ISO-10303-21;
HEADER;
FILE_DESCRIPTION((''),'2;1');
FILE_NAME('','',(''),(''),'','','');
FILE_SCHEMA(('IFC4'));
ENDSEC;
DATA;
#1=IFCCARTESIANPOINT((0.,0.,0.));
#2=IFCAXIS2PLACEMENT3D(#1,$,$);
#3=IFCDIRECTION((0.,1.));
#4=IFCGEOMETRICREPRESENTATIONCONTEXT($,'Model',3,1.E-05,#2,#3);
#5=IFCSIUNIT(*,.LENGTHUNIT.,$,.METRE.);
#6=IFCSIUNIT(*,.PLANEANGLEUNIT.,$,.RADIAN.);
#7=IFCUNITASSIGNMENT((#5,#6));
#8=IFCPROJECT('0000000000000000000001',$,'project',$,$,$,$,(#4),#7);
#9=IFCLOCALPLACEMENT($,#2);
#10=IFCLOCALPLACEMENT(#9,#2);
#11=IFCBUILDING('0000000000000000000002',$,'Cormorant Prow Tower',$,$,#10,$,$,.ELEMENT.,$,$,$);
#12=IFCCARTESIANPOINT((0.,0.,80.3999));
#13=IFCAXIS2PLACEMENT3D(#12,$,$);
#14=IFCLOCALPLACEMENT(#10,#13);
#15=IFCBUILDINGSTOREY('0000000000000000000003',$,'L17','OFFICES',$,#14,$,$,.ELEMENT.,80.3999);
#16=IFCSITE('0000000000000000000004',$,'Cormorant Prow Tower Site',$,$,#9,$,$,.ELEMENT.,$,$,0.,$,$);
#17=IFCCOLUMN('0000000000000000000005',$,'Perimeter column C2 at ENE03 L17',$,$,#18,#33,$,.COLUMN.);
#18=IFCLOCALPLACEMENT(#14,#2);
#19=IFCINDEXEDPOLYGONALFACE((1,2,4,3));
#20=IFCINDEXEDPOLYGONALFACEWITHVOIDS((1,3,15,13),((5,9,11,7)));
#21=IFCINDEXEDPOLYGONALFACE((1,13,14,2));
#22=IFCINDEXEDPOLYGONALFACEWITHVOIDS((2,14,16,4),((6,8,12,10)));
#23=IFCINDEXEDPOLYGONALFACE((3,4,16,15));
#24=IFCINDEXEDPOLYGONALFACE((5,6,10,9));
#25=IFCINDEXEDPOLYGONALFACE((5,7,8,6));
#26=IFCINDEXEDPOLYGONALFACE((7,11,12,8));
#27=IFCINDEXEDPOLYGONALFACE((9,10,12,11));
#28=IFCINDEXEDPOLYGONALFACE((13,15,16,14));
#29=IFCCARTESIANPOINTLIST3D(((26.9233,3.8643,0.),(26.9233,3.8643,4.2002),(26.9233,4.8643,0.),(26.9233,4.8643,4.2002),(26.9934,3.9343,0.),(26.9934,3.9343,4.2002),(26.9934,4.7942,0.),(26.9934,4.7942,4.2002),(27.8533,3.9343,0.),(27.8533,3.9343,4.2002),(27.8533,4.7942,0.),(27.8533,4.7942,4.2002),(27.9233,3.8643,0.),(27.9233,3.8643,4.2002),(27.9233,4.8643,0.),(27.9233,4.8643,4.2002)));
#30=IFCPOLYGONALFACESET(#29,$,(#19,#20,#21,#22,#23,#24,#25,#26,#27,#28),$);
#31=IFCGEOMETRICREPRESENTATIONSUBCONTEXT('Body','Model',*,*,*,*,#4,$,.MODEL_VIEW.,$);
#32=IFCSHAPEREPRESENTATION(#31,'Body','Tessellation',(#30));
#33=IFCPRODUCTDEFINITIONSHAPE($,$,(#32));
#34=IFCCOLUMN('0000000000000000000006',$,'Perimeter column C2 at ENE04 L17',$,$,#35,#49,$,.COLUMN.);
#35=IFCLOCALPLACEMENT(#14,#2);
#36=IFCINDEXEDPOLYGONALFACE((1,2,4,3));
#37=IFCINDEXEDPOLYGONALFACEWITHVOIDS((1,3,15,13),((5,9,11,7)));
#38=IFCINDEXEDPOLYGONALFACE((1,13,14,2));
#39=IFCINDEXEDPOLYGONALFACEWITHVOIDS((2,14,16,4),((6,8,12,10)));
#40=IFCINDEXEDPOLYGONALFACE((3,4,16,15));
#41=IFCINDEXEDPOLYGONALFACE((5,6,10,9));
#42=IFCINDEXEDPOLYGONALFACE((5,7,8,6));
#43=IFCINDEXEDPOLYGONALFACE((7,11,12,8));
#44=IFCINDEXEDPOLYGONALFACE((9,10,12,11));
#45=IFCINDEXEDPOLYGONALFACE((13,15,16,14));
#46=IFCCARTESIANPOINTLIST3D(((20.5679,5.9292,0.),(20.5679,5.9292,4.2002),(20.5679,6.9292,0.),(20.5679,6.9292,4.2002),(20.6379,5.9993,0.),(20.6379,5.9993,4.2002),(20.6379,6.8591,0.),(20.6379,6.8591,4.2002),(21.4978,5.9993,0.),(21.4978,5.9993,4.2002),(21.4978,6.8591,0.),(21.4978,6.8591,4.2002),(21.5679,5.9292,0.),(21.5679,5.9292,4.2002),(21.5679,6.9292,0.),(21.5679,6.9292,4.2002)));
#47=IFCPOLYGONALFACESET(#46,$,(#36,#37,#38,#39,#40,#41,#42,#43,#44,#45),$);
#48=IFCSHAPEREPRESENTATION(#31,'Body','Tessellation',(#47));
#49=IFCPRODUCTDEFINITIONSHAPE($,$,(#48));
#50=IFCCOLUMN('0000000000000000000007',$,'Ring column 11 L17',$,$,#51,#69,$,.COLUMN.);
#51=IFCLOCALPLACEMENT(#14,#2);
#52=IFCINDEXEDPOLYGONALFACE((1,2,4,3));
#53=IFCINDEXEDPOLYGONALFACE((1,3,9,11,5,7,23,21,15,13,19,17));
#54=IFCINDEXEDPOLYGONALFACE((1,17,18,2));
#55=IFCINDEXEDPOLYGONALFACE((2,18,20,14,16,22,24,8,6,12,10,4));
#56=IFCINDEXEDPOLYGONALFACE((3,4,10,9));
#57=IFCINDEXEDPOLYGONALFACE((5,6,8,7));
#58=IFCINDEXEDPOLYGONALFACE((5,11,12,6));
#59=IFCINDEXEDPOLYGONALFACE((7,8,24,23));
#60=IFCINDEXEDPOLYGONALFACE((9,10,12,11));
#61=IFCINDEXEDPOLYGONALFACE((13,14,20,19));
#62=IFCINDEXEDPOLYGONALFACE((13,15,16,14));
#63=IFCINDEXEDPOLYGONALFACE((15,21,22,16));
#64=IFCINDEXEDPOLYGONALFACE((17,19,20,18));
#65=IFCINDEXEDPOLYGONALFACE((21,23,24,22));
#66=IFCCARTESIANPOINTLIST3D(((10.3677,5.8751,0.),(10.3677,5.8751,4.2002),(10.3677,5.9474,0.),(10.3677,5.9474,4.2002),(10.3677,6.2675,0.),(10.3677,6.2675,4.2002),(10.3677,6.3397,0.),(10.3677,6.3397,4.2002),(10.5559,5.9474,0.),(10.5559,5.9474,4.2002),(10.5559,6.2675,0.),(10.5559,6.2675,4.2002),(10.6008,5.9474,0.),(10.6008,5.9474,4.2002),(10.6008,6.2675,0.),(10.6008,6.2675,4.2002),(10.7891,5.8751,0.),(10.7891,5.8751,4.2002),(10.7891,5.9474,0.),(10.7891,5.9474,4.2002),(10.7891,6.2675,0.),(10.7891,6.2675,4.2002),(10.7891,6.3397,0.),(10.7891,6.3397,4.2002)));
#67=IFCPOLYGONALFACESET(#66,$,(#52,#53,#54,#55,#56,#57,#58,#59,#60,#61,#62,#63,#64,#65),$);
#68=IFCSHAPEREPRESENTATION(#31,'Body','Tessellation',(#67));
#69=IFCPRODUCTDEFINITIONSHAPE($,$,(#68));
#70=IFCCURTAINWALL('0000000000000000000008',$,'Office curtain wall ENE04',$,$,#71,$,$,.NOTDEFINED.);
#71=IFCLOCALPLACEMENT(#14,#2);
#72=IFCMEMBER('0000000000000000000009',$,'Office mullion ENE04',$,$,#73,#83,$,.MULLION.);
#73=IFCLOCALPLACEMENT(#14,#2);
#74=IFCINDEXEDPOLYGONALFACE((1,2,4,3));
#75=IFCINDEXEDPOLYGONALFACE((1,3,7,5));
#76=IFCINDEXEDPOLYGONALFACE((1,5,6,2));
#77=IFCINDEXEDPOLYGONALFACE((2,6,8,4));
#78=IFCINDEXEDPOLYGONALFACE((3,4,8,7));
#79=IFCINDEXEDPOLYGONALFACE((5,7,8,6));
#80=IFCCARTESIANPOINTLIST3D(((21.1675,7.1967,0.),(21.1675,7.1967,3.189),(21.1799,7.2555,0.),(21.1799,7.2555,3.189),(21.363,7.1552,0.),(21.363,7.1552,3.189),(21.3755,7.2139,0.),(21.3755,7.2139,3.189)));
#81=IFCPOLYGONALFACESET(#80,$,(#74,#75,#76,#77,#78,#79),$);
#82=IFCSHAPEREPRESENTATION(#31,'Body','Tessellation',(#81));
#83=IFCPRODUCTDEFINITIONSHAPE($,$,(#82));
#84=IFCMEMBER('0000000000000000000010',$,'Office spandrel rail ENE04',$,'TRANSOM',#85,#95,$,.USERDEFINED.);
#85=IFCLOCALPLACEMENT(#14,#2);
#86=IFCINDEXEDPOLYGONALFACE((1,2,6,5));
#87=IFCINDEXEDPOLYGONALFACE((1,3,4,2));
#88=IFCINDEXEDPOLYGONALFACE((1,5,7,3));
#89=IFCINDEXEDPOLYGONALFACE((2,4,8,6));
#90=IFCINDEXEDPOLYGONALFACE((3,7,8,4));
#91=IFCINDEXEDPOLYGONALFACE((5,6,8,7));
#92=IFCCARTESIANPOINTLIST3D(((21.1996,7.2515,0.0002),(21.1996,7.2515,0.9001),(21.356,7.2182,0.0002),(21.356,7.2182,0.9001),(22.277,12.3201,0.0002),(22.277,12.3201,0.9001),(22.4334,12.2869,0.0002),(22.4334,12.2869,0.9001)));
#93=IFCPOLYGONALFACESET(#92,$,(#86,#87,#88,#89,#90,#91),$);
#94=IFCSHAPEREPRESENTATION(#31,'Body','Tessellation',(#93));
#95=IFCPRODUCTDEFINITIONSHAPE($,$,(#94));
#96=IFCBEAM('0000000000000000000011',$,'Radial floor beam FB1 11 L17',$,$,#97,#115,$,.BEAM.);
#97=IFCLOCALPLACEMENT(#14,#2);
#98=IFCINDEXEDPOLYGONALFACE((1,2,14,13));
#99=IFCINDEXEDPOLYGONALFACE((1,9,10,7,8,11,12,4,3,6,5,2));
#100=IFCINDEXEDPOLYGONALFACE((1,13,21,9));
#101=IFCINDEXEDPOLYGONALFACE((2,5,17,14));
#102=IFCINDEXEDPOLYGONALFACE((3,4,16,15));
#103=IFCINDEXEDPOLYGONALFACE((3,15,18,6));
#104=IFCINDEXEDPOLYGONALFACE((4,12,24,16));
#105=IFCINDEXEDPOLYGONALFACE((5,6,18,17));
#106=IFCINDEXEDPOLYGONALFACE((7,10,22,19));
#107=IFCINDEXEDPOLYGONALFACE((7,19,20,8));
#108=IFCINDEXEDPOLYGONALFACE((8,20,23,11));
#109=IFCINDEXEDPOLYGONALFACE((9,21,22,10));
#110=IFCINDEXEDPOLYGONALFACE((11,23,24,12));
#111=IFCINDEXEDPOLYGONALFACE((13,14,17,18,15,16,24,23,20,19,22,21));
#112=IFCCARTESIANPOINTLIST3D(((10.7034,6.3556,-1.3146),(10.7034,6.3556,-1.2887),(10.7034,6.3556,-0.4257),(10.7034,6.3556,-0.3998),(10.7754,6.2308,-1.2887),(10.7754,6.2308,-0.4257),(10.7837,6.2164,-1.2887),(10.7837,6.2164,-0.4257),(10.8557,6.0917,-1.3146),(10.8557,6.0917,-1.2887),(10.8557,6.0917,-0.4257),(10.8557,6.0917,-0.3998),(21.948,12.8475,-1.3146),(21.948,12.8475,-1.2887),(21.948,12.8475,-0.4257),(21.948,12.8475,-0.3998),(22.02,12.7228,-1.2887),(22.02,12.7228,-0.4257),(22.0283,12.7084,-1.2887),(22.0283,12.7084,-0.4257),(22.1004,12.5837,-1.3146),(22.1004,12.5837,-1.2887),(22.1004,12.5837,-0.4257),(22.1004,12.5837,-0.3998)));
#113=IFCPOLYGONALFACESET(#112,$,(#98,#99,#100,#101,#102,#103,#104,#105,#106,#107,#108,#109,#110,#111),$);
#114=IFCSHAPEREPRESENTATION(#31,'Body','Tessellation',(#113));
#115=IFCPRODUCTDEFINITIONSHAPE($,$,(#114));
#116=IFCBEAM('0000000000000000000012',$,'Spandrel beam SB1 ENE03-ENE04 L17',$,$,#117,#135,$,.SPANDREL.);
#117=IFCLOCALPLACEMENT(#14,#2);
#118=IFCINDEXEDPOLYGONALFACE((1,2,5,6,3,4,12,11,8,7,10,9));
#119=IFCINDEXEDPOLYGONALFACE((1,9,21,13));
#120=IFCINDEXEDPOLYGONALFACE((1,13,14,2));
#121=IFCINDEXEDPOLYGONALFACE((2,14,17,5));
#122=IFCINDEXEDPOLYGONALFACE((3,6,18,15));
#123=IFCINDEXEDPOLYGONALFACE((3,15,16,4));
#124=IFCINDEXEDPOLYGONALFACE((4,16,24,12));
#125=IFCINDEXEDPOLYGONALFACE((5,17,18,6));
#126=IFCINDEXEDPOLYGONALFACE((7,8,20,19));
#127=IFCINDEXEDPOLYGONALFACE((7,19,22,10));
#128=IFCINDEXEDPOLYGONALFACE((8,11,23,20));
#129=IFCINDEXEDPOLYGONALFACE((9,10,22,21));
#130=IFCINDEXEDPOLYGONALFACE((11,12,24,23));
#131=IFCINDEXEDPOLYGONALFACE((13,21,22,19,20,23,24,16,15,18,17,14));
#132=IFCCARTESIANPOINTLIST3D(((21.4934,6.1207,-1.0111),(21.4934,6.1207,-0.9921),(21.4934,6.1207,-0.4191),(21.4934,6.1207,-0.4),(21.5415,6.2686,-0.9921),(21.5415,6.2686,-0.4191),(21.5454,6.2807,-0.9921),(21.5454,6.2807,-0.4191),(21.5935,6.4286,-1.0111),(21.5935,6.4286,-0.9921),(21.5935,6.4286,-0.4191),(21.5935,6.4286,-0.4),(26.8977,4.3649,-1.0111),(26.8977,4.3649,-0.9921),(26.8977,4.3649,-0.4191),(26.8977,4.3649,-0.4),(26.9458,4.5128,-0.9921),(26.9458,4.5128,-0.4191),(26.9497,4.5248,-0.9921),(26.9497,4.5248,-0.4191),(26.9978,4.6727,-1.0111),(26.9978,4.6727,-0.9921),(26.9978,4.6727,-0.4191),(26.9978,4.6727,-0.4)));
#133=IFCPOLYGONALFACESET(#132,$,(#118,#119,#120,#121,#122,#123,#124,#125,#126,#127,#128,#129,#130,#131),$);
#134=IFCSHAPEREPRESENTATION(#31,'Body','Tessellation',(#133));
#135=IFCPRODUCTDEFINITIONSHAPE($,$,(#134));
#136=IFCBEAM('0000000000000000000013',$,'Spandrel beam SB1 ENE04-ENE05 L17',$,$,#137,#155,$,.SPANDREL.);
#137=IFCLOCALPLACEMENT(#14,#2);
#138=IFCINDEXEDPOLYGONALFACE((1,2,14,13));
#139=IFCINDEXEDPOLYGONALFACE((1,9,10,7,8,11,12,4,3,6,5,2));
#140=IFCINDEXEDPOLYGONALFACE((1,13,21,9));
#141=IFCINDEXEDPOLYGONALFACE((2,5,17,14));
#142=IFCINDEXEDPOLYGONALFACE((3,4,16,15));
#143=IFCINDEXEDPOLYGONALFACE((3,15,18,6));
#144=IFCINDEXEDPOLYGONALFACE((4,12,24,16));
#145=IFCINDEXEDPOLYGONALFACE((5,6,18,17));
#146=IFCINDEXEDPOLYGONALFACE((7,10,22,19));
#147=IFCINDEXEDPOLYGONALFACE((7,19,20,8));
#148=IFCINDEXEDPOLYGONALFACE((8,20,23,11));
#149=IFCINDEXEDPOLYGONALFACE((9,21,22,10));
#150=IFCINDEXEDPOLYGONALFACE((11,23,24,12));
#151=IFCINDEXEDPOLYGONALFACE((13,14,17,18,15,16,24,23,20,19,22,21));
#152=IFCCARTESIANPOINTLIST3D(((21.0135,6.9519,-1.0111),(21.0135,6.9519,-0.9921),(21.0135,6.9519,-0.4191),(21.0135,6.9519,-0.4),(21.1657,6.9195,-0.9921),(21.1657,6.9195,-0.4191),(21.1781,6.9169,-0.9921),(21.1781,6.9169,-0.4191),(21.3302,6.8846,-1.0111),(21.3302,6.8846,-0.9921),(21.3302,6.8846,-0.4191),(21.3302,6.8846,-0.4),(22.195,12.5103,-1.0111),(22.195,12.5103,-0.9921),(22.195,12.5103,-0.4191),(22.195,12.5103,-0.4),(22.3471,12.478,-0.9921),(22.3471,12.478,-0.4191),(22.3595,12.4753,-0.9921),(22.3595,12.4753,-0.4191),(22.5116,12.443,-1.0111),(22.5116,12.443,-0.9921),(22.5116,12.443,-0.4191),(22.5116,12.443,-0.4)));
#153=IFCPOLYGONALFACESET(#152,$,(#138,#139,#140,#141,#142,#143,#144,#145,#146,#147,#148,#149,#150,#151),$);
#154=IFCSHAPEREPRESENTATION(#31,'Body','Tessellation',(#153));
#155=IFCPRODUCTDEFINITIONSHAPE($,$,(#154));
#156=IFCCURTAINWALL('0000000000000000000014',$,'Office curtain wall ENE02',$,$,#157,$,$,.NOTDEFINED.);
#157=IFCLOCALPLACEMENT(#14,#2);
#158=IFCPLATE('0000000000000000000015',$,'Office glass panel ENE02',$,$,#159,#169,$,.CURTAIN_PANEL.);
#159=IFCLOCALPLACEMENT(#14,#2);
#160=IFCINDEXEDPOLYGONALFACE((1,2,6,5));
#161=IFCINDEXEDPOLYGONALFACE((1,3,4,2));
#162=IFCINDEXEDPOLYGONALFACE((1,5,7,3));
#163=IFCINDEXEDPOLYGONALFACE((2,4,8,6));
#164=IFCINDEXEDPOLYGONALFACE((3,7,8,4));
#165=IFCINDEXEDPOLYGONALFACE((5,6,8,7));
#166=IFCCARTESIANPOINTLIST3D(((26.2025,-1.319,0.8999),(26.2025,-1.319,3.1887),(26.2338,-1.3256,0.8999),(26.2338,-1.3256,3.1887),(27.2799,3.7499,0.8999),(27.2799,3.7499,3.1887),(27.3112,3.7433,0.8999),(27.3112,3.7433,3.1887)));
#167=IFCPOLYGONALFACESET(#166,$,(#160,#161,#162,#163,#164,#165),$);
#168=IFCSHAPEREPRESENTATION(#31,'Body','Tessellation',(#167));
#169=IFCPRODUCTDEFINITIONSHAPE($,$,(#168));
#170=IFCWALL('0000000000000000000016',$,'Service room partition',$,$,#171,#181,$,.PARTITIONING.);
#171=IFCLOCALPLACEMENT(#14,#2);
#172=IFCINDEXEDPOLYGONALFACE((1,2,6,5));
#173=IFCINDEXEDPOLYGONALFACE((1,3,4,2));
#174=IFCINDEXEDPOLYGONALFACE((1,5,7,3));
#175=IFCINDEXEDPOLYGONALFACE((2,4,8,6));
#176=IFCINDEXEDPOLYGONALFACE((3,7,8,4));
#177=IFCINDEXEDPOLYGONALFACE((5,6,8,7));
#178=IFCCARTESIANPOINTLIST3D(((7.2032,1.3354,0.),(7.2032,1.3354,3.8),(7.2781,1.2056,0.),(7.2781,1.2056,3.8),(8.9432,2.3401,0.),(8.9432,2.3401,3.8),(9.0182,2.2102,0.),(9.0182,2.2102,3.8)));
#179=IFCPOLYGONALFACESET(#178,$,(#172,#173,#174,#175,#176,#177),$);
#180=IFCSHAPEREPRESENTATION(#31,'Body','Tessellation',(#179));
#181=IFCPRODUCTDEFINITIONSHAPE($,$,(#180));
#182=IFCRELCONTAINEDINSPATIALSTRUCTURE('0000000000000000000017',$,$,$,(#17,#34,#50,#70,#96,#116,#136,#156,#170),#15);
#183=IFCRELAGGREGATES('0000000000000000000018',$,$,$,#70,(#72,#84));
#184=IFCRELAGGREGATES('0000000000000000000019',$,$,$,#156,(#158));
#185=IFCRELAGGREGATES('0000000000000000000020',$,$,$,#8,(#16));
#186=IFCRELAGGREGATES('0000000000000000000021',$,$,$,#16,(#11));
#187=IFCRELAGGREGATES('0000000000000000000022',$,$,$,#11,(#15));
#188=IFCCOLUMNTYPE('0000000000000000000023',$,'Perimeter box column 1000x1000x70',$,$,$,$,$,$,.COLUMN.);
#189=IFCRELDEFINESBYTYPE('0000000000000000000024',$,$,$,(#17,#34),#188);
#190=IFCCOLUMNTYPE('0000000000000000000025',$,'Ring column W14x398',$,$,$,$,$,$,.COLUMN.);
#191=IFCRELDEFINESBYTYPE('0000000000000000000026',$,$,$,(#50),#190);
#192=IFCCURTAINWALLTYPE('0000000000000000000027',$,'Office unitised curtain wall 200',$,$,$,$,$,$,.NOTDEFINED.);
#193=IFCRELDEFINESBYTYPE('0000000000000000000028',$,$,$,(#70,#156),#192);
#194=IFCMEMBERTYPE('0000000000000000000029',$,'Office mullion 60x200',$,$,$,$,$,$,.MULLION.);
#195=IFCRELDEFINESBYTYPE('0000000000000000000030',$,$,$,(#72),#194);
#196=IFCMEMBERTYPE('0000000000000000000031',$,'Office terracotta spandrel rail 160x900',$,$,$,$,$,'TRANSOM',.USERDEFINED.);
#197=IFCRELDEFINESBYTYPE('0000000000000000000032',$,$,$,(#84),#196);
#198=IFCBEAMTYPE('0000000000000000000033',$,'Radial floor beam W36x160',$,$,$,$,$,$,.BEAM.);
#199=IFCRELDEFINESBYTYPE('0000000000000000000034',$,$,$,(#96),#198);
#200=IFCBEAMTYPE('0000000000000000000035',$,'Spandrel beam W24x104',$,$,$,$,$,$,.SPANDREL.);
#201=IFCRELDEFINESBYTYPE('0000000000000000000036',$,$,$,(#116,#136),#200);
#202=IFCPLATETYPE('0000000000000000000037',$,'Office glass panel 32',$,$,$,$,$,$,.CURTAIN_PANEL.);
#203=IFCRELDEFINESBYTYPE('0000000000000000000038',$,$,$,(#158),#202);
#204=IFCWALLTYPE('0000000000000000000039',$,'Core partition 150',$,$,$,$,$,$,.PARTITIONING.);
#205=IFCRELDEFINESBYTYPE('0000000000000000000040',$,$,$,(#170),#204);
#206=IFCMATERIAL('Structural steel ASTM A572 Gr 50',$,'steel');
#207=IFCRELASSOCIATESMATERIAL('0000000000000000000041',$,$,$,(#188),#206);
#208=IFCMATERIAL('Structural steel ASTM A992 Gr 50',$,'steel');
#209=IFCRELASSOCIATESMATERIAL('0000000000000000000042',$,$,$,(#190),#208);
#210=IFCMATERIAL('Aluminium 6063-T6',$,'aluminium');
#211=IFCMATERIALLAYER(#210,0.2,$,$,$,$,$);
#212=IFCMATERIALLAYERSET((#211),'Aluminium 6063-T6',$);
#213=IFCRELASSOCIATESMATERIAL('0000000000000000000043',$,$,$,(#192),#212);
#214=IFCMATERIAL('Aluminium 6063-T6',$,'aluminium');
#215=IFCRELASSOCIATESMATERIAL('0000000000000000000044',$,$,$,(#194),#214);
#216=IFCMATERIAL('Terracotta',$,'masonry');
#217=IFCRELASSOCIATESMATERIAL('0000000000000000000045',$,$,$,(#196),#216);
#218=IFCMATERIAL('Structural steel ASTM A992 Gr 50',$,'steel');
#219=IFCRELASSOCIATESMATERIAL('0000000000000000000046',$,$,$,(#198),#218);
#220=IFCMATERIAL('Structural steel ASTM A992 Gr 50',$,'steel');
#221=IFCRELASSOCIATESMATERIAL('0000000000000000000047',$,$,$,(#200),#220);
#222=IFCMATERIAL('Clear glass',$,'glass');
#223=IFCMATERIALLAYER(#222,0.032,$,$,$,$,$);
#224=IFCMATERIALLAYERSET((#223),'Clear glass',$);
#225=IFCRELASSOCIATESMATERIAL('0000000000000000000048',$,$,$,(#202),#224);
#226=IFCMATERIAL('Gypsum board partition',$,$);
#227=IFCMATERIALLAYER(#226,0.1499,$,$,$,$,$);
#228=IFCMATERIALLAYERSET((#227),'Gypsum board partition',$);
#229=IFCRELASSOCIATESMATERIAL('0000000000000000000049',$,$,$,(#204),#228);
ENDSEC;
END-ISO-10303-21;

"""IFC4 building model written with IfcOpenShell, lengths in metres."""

from ifc_helpers import new_model, si_unit, direction, frame, frame_2d, origin, origin_2d, place, context, subcontext, project, spatial, rectangle, hollow_rectangle, i_section, extrude, material, layer, layer_set, material_profile, profile_set, type_object, element, aggregate, save


model = new_model("IFC4")

# Units and contexts
model_context = context("Model", 3, precision=1e-05, world=origin(), true_north=direction((0.0, 1.0)))
body_context = subcontext(model_context, "Body", "Model", "MODEL_VIEW")
ifc_project = project(units=[si_unit("LENGTHUNIT", "METRE"), si_unit("PLANEANGLEUNIT", "RADIAN")], contexts=[model_context])

# Site, building, storey
site_placement = place(None, origin())
site = spatial("IfcSite", under=ifc_project, at=site_placement, Name="Cormorant Prow Tower Site", CompositionType="ELEMENT", RefElevation=0.0)
building_placement = place(site_placement, origin())
building = spatial("IfcBuilding", under=site, at=building_placement, Name="Cormorant Prow Tower", CompositionType="ELEMENT")
storey_placement = place(building_placement, frame((0.0, 0.0, 80.3999)))
storey = spatial("IfcBuildingStorey", under=building, at=storey_placement, Name="L17", Description="OFFICES", CompositionType="ELEMENT", Elevation=80.3999)

# Columns
ifc_material_1 = material(Name="Structural steel ASTM A572 Gr 50", Category="steel")
ifc_material_profile_1 = material_profile(ifc_material_1, hollow_rectangle(XDim=1.0, YDim=1.0, WallThickness=0.0701, at=origin_2d()), Name="Box 1000x1000x70")
ifc_profile_set_1 = profile_set([ifc_material_profile_1], Name="Structural steel ASTM A572 Gr 50")
column_type_1 = type_object("IfcColumnType", Name="Perimeter box column 1000x1000x70", PredefinedType="COLUMN", material=ifc_profile_set_1)
for number, where, z_axis, x_axis, name in (
    (1, (27.4233, 4.3643, 0.0), (0.0, 0.0, 1.0), (1.0, 0.0, 0.0), "Perimeter column C2 at ENE03 L17"),
    (2, (21.0679, 6.4292, 0.0), (0.0, 0.0, 1.0), (1.0, 0.0, 0.0), "Perimeter column C2 at ENE04 L17"),
):
    element("IfcColumn", number, at=place(storey_placement, frame(where, z_axis=z_axis, x_axis=x_axis)), inside=storey, type_object=column_type_1, Name=name, PredefinedType="COLUMN", context=body_context, shape_type="SweptSolid", body=[
        extrude(hollow_rectangle(XDim=1.0, YDim=1.0, WallThickness=0.0701, at=origin_2d()), origin(), (0.0, 0.0, 1.0), 4.2002),
    ])
ifc_material_2 = material(Name="Structural steel ASTM A992 Gr 50", Category="steel")
ifc_material_profile_2 = material_profile(ifc_material_2, i_section(OverallWidth=0.4214, OverallDepth=0.4646, WebThickness=0.0449, FlangeThickness=0.0723, at=origin_2d()), Name="W14x398")
ifc_profile_set_2 = profile_set([ifc_material_profile_2], Name="Structural steel ASTM A992 Gr 50")
column_type_2 = type_object("IfcColumnType", Name="Ring column W14x398", PredefinedType="COLUMN", material=ifc_profile_set_2)
column_placement = place(storey_placement, frame((10.5784, 6.1074, 0.0), z_axis=(0.0, 0.0, 1.0), x_axis=(1.0, 0.0, 0.0)))
element("IfcColumn", 3, at=column_placement, inside=storey, type_object=column_type_2, Name="Ring column 11 L17", PredefinedType="COLUMN", context=body_context, shape_type="SweptSolid", body=[
    extrude(i_section(OverallWidth=0.4214, OverallDepth=0.4646, WebThickness=0.0449, FlangeThickness=0.0723, at=origin_2d()), origin(), (0.0, 0.0, 1.0), 4.2002),
])

# Curtain wall, members
ifc_material_3 = material(Name="Aluminium 6063-T6", Category="aluminium")
ifc_layer_1 = layer(ifc_material_3, 0.2)
ifc_layer_set_1 = layer_set([ifc_layer_1], Name="Aluminium 6063-T6")
curtain_wall_type = type_object("IfcCurtainWallType", Name="Office unitised curtain wall 200", PredefinedType="NOTDEFINED", material=ifc_layer_set_1)
curtain_wall_1_placement = place(storey_placement, origin())
curtain_wall_1 = element("IfcCurtainWall", 4, at=curtain_wall_1_placement, inside=storey, type_object=curtain_wall_type, Name="Office curtain wall ENE04", PredefinedType="NOTDEFINED")
ifc_material_4 = material(Name="Aluminium 6063-T6", Category="aluminium")
ifc_material_profile_3 = material_profile(ifc_material_4, rectangle(XDim=0.2, YDim=0.0601, at=origin_2d()), Name="Office mullion 60x200")
ifc_profile_set_3 = profile_set([ifc_material_profile_3], Name="Aluminium 6063-T6")
member_type_1 = type_object("IfcMemberType", Name="Office mullion 60x200", PredefinedType="MULLION", material=ifc_profile_set_3)
member_1_placement = place(storey_placement, frame((21.2715, 7.2053, 0.0), z_axis=(0.0, 0.0, 1.0), x_axis=(-0.978148, 0.207912, 0.0)))
member_1 = element("IfcMember", 5, at=member_1_placement, type_object=member_type_1, Name="Office mullion ENE04", PredefinedType="MULLION", context=body_context, shape_type="SweptSolid", body=[
    extrude(rectangle(XDim=0.2, YDim=0.0601, at=origin_2d()), origin(), (0.0, 0.0, 1.0), 3.189),
])
ifc_material_5 = material(Name="Terracotta", Category="masonry")
ifc_material_profile_4 = material_profile(ifc_material_5, rectangle(XDim=0.1599, YDim=0.8999, at=origin_2d()), Name="Office terracotta spandrel rail 160x900")
ifc_profile_set_4 = profile_set([ifc_material_profile_4], Name="Terracotta")
member_type_2 = type_object("IfcMemberType", Name="Office terracotta spandrel rail 160x900", ElementType="TRANSOM", PredefinedType="USERDEFINED", material=ifc_profile_set_4)
member_2_placement = place(storey_placement, frame((21.2778, 7.2349, 0.4502), z_axis=(0.207917, 0.978147, 0.0), x_axis=(-0.978147, 0.207917, 0.0)))
member_2 = element("IfcMember", 6, at=member_2_placement, type_object=member_type_2, Name="Office spandrel rail ENE04", ObjectType="TRANSOM", PredefinedType="USERDEFINED", context=body_context, shape_type="SweptSolid", body=[
    extrude(rectangle(XDim=0.1599, YDim=0.8999, at=origin_2d()), origin(), (0.0, 0.0, 1.0), 5.1819),
])
aggregate(curtain_wall_1, [member_1, member_2])

# Beams
ifc_material_6 = material(Name="Structural steel ASTM A992 Gr 50", Category="steel")
ifc_material_profile_5 = material_profile(ifc_material_6, i_section(OverallWidth=0.3047, OverallDepth=0.9148, WebThickness=0.0166, FlangeThickness=0.0259, at=origin_2d()), Name="W36x160")
ifc_profile_set_5 = profile_set([ifc_material_profile_5], Name="Structural steel ASTM A992 Gr 50")
beam_type_1 = type_object("IfcBeamType", Name="Radial floor beam W36x160", PredefinedType="BEAM", material=ifc_profile_set_5)
beam_1_placement = place(storey_placement, frame((10.7795, 6.2236, -0.8572), z_axis=(0.86603, 0.499992, 0.0), x_axis=(-0.499992, 0.86603, 0.0)))
element("IfcBeam", 7, at=beam_1_placement, inside=storey, type_object=beam_type_1, Name="Radial floor beam FB1 11 L17", PredefinedType="BEAM", context=body_context, shape_type="SweptSolid", body=[
    extrude(i_section(OverallWidth=0.3047, OverallDepth=0.9148, WebThickness=0.0166, FlangeThickness=0.0259, at=origin_2d()), origin(), (0.0, 0.0, 1.0), 12.9841),
])
ifc_material_7 = material(Name="Structural steel ASTM A992 Gr 50", Category="steel")
ifc_material_profile_6 = material_profile(ifc_material_7, i_section(OverallWidth=0.3237, OverallDepth=0.6111, WebThickness=0.0127, FlangeThickness=0.019, at=origin_2d()), Name="W24x104")
ifc_profile_set_6 = profile_set([ifc_material_profile_6], Name="Structural steel ASTM A992 Gr 50")
beam_type_2 = type_object("IfcBeamType", Name="Spandrel beam W24x104", PredefinedType="SPANDREL", material=ifc_profile_set_6)
beam_2_placement = place(storey_placement, frame((26.9478, 4.5188, -0.7056), z_axis=(-0.951062, 0.309001, 0.0), x_axis=(-0.309001, -0.951062, 0.0)))
element("IfcBeam", 8, at=beam_2_placement, inside=storey, type_object=beam_type_2, Name="Spandrel beam SB1 ENE03-ENE04 L17", PredefinedType="SPANDREL", context=body_context, shape_type="SweptSolid", body=[
    extrude(i_section(OverallWidth=0.3237, OverallDepth=0.6111, WebThickness=0.0127, FlangeThickness=0.019, at=origin_2d()), origin(), (0.0, 0.0, 1.0), 5.6824),
])
beam_3_placement = place(storey_placement, frame((21.1719, 6.9182, -0.7056), z_axis=(0.2079, 0.97815, 0.0), x_axis=(-0.97815, 0.2079, 0.0)))
element("IfcBeam", 9, at=beam_3_placement, inside=storey, type_object=beam_type_2, Name="Spandrel beam SB1 ENE04-ENE05 L17", PredefinedType="SPANDREL", context=body_context, shape_type="SweptSolid", body=[
    extrude(i_section(OverallWidth=0.3237, OverallDepth=0.6111, WebThickness=0.0127, FlangeThickness=0.019, at=origin_2d()), origin(), (0.0, 0.0, 1.0), 5.6826),
])

# Curtain wall, plate
curtain_wall_2_placement = place(storey_placement, origin())
curtain_wall_2 = element("IfcCurtainWall", 10, at=curtain_wall_2_placement, inside=storey, type_object=curtain_wall_type, Name="Office curtain wall ENE02", PredefinedType="NOTDEFINED")
ifc_material_8 = material(Name="Clear glass", Category="glass")
ifc_layer_2 = layer(ifc_material_8, 0.032)
ifc_layer_set_2 = layer_set([ifc_layer_2], Name="Clear glass")
plate_type = type_object("IfcPlateType", Name="Office glass panel 32", PredefinedType="CURTAIN_PANEL", material=ifc_layer_set_2)
plate_placement = place(storey_placement, frame((26.7568, 1.2122, 0.8999), z_axis=(0.0, 0.0, 1.0), x_axis=(0.207912, 0.978148, 0.0)))
plate = element("IfcPlate", 11, at=plate_placement, type_object=plate_type, Name="Office glass panel ENE02", PredefinedType="CURTAIN_PANEL", context=body_context, shape_type="SweptSolid", body=[
    extrude(rectangle(XDim=5.1821, YDim=0.032, at=origin_2d()), origin(), (0.0, 0.0, 1.0), 2.2888),
])
aggregate(curtain_wall_2, [plate])

# Wall
ifc_material_9 = material(Name="Gypsum board partition")
ifc_layer_3 = layer(ifc_material_9, 0.1499)
ifc_layer_set_3 = layer_set([ifc_layer_3], Name="Gypsum board partition")
wall_type_1 = type_object("IfcWallType", Name="Core partition 150", PredefinedType="PARTITIONING", material=ifc_layer_set_3)
wall_1_placement = place(storey_placement, frame((8.9807, 2.2751, 0.0), z_axis=(0.0, 0.0, 1.0), x_axis=(-0.866014, -0.50002, 0.0)))
element("IfcWall", 12, at=wall_1_placement, inside=storey, type_object=wall_type_1, Name="Service room partition", PredefinedType="PARTITIONING", context=body_context, shape_type="SweptSolid", body=[
    extrude(rectangle(XDim=2.0093, YDim=0.1499, at=frame_2d((1.0046, 0.0))), origin(), (0.0, 0.0, 1.0), 3.8),
])

save(model, "model.ifc")
